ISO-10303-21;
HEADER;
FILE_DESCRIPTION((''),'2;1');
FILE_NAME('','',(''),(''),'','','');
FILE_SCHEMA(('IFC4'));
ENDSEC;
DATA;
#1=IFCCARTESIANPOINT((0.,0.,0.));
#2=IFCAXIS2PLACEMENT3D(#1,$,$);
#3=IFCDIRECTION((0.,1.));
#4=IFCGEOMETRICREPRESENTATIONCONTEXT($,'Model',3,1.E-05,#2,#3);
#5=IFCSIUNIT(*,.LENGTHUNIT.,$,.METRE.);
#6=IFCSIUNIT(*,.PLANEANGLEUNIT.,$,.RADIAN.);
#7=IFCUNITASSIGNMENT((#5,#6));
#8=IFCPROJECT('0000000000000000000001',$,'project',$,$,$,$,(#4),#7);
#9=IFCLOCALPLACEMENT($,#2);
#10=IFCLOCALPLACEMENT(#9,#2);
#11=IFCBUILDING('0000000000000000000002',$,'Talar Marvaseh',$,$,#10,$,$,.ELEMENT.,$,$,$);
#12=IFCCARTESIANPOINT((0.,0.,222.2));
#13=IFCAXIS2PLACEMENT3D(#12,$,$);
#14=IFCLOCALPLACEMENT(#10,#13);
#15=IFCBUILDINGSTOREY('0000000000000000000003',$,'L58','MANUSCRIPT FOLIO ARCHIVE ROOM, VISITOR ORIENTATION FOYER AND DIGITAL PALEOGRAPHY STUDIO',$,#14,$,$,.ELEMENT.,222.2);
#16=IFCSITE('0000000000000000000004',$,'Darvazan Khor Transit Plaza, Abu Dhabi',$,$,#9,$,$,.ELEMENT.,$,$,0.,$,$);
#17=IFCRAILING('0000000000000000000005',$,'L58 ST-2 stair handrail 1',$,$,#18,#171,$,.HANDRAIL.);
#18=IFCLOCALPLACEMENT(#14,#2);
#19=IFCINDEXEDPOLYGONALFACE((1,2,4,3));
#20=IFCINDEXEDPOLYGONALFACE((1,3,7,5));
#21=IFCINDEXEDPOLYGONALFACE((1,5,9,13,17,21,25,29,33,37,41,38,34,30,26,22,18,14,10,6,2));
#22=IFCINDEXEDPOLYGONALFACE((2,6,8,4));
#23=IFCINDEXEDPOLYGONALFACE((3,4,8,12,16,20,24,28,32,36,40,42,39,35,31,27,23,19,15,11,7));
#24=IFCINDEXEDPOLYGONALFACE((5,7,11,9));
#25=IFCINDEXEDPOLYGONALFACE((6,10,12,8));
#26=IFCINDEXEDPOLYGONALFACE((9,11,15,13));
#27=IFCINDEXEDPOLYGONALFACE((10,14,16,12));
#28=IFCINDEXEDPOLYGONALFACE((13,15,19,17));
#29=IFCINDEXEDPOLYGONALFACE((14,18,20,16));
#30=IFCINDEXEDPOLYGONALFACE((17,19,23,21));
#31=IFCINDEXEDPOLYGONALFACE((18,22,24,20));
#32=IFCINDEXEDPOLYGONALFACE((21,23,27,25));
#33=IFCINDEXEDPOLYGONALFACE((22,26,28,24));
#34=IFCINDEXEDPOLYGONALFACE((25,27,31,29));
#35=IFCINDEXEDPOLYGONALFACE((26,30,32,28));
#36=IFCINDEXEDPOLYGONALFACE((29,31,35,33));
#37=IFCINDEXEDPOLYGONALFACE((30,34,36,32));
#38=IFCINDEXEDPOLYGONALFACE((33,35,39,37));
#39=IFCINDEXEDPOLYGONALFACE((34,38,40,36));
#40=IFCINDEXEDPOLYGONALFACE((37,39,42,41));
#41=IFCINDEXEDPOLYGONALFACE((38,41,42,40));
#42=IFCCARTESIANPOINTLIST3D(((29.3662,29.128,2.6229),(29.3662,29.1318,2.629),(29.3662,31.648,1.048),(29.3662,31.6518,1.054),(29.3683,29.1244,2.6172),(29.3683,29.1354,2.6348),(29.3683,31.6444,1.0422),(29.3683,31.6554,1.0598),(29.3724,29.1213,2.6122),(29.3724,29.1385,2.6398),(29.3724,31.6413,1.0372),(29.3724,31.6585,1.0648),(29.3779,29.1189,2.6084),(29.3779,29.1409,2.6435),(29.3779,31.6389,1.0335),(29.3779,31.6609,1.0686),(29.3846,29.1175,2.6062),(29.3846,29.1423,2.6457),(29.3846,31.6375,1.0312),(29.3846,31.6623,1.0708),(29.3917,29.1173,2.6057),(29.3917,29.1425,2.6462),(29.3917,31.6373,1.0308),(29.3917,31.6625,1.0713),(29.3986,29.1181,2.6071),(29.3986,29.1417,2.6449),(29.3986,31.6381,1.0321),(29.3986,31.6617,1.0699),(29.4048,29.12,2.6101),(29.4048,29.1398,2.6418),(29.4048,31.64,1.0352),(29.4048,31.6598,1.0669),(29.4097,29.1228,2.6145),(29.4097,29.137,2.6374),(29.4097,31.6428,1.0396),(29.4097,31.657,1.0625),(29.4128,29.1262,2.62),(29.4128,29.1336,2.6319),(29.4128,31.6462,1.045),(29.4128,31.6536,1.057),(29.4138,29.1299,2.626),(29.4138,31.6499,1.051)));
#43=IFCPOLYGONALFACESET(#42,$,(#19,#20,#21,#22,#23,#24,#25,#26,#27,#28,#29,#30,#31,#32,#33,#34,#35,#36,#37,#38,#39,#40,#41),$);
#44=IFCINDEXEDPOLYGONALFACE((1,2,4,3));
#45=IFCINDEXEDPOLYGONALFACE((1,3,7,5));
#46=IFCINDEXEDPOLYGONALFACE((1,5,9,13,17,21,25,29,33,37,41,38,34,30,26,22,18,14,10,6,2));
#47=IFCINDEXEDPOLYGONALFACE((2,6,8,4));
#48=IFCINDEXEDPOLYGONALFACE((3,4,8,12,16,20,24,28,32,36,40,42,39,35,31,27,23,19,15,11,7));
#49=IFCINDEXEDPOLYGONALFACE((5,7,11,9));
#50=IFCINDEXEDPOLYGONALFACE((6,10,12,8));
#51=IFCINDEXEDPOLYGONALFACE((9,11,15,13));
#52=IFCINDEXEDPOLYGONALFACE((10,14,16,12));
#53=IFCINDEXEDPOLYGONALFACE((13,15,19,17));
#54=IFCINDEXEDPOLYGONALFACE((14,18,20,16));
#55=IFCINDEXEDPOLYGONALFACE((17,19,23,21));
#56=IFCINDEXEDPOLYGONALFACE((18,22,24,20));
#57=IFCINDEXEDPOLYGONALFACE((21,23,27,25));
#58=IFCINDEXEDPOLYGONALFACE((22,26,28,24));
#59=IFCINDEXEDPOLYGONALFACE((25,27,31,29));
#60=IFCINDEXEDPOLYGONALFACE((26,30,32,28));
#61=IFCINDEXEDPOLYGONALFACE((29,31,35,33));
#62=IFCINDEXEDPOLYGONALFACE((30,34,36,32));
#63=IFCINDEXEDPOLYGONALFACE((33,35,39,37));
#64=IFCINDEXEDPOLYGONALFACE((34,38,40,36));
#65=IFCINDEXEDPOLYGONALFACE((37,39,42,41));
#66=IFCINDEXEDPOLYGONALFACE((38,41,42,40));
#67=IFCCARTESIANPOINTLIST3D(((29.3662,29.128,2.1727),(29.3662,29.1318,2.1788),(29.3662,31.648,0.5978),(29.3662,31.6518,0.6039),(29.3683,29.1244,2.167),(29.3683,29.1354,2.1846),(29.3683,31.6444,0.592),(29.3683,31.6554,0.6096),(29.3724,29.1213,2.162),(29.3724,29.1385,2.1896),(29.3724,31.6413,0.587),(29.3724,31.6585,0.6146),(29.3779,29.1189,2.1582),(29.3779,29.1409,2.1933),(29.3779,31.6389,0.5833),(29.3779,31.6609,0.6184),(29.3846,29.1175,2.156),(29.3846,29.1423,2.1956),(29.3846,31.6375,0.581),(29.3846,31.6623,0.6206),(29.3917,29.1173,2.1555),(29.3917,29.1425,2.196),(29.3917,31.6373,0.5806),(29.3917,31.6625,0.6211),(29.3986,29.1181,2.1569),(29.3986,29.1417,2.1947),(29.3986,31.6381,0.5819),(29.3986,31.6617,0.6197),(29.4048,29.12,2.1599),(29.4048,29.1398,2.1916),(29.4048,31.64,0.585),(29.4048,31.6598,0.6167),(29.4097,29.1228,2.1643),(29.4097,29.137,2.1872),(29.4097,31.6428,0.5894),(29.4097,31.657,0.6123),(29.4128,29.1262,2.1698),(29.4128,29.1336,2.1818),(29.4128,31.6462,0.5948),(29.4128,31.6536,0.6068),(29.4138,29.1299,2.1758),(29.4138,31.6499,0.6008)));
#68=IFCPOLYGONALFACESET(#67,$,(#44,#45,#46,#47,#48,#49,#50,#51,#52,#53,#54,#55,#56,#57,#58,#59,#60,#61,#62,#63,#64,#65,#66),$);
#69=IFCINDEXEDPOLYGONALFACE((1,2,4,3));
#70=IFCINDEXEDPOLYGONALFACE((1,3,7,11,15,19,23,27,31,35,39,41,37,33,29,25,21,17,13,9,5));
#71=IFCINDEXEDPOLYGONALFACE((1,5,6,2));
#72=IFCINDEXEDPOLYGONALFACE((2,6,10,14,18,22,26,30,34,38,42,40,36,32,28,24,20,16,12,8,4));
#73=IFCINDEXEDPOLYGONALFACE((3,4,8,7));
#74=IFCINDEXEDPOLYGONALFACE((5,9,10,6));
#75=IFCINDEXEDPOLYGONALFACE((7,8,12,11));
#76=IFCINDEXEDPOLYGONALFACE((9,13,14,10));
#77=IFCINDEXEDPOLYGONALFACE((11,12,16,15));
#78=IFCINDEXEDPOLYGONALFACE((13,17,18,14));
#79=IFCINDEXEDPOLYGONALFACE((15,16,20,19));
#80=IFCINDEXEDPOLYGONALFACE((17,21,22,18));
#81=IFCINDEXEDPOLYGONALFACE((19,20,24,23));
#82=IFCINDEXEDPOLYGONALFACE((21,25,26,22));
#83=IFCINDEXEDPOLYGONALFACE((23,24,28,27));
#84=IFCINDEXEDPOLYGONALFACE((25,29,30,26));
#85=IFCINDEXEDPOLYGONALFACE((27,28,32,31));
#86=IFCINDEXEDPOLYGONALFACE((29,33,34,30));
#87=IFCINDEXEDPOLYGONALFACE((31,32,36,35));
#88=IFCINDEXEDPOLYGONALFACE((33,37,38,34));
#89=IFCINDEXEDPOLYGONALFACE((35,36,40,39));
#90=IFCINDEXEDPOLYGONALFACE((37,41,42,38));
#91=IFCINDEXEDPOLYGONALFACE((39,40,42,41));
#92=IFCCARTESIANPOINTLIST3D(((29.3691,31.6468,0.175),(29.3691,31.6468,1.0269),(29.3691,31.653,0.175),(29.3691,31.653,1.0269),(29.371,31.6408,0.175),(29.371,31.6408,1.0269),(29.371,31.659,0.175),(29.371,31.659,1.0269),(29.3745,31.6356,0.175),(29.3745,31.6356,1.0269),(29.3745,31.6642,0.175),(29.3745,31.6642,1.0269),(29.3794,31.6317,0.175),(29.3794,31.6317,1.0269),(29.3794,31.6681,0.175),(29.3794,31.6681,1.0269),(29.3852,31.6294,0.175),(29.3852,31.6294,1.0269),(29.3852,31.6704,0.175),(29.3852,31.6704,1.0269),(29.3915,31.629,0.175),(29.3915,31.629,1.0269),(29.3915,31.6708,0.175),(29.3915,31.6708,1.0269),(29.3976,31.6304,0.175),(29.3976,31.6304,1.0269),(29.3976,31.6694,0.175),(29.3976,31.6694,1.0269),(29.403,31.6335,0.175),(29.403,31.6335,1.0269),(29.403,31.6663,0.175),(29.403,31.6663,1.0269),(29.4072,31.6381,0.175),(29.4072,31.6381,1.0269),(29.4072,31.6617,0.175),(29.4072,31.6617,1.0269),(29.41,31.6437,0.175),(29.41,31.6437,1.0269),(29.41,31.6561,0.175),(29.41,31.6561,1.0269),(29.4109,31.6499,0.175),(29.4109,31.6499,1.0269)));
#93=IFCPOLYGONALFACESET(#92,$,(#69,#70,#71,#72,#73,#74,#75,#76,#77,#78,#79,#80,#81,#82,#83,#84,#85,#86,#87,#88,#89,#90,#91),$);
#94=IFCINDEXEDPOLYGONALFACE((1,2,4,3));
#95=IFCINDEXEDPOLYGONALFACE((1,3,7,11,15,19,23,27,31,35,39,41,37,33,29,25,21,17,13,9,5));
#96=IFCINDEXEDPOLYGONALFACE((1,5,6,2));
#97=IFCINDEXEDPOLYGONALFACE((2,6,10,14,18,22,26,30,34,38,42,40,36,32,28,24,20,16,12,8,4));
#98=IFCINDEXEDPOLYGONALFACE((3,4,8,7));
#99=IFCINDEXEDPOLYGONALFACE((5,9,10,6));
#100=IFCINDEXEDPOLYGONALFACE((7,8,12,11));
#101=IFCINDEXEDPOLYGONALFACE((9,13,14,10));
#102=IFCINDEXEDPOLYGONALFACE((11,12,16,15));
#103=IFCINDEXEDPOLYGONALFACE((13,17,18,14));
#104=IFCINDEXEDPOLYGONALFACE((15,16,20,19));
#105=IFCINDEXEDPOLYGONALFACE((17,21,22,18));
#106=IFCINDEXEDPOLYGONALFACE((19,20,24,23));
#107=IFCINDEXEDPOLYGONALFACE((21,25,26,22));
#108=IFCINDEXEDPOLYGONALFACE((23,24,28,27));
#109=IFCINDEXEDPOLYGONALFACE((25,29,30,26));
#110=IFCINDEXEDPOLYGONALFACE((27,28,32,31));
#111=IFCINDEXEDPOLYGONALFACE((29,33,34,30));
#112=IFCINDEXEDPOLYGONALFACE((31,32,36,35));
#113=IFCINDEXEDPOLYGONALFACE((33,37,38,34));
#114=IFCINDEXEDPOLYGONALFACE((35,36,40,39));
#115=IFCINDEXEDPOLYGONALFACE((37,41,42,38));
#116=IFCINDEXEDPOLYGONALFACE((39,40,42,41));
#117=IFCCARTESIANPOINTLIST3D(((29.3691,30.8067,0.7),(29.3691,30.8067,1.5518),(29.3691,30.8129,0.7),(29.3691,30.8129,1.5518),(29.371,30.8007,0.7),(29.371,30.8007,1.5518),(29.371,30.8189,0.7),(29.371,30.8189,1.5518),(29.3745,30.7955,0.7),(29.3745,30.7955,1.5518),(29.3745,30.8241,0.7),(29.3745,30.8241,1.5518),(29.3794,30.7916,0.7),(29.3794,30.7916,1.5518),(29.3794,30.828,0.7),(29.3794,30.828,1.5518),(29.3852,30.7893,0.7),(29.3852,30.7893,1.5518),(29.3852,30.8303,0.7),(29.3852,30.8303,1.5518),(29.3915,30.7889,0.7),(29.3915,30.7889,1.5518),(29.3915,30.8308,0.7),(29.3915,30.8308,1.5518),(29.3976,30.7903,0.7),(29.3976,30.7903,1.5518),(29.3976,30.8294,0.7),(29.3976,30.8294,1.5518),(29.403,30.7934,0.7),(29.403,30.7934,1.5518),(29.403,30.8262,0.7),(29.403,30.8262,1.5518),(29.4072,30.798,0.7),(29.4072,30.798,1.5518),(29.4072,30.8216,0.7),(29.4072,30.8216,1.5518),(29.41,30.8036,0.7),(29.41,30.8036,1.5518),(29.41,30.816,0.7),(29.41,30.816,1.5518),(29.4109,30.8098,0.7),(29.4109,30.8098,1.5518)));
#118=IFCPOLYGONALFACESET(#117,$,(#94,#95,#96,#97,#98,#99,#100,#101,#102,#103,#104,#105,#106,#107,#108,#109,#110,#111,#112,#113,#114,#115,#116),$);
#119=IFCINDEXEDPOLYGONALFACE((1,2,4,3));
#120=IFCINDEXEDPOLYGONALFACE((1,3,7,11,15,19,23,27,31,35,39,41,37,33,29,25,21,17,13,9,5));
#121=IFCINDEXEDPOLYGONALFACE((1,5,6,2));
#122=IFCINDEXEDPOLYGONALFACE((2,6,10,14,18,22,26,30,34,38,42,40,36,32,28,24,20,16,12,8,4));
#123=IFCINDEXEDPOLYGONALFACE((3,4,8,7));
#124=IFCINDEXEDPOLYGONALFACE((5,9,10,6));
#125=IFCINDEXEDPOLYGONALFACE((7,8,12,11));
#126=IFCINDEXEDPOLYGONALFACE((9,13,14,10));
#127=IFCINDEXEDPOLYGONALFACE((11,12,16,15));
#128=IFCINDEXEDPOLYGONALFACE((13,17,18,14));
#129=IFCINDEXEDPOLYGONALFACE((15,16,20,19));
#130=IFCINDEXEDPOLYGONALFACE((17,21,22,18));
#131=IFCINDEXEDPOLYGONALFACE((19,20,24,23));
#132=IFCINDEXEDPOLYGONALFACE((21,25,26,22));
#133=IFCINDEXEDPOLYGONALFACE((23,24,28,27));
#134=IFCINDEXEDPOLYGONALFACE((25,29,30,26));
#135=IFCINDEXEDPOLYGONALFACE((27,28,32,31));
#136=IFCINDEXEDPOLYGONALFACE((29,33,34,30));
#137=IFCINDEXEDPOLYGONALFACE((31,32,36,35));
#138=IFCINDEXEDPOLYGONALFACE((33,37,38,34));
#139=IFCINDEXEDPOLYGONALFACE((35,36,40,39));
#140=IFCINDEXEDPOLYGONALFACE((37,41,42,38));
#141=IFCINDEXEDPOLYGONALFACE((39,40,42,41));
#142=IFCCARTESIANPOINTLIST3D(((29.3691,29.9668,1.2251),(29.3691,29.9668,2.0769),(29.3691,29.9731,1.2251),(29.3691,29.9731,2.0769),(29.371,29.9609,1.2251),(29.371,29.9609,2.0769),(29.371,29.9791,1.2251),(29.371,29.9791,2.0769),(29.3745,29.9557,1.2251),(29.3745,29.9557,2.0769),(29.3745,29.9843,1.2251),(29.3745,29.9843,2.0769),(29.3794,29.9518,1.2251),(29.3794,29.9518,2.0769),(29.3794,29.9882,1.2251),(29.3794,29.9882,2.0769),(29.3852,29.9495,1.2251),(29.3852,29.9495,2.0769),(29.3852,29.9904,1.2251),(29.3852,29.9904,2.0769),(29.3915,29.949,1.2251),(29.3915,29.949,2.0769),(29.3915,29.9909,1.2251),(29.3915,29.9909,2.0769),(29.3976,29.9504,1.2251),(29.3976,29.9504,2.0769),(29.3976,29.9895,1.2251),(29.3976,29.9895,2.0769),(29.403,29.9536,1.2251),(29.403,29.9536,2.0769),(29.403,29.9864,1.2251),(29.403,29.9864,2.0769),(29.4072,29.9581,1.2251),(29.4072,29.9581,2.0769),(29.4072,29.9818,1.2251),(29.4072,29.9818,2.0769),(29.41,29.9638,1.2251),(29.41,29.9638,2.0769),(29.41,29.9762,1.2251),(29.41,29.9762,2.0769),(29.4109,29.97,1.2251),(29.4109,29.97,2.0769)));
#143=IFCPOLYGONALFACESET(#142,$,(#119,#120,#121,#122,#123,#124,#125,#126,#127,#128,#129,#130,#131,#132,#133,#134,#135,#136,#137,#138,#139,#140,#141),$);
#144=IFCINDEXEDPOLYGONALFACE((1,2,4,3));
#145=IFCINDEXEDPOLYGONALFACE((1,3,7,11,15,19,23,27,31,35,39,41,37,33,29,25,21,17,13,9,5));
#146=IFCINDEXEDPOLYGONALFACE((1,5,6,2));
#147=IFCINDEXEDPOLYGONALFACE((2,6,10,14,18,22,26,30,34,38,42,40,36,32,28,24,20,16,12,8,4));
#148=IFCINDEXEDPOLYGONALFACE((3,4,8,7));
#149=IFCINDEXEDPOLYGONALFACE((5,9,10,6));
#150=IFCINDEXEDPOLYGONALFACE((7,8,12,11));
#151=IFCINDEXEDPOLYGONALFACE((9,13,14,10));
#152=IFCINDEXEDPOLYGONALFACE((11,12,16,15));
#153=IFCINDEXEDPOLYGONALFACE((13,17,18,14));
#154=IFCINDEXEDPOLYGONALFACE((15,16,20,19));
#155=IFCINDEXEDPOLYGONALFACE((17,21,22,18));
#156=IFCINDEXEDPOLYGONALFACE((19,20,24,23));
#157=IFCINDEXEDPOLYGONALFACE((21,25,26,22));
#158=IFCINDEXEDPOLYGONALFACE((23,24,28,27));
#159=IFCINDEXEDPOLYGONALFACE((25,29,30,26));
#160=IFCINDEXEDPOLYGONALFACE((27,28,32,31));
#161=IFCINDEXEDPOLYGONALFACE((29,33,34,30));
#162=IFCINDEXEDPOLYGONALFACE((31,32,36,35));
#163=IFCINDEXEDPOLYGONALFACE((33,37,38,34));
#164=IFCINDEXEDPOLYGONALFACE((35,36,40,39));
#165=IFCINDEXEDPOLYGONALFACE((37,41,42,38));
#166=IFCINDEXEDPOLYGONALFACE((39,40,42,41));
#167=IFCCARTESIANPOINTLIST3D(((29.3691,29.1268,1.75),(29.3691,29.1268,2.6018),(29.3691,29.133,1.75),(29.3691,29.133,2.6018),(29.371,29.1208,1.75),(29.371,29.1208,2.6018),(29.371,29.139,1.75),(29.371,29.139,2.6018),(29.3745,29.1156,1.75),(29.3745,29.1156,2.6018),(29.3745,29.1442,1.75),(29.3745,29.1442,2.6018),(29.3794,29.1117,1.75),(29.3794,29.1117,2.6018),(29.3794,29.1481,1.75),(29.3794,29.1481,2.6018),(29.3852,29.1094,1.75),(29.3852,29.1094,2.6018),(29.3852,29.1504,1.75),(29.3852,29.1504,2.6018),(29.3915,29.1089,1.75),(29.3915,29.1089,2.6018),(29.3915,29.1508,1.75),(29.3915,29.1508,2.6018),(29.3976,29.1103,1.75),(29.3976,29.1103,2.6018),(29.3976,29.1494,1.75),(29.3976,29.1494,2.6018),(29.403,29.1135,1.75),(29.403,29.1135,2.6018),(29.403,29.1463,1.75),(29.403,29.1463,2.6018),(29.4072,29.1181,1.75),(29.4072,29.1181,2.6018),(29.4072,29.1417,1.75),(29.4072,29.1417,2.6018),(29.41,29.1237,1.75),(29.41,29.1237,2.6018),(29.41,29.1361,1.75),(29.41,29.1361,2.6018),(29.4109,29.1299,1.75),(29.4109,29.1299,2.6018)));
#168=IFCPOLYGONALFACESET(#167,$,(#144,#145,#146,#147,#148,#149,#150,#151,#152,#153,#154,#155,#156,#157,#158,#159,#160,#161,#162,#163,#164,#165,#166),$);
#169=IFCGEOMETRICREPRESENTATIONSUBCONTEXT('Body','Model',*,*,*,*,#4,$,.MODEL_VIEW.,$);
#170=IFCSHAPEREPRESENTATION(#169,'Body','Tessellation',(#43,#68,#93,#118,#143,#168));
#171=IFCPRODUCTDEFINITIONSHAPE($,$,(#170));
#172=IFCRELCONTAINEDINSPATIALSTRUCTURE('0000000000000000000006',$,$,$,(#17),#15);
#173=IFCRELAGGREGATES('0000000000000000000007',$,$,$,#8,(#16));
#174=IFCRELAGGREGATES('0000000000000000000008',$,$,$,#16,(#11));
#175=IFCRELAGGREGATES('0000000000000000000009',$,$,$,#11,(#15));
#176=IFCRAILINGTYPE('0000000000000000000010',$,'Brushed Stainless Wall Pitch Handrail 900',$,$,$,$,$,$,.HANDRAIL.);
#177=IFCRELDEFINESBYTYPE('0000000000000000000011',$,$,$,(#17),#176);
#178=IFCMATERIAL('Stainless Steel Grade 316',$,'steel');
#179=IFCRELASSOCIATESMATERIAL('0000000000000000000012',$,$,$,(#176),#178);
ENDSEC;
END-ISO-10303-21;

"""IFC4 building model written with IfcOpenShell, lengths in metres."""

from ifc_helpers import new_model, si_unit, direction, frame, origin, origin_2d, place, context, subcontext, project, spatial, circle, extrude, material, type_object, element, save


model = new_model("IFC4")

# Units and contexts
model_context = context("Model", 3, precision=1e-05, world=origin(), true_north=direction((0.0, 1.0)))
body_context = subcontext(model_context, "Body", "Model", "MODEL_VIEW")
ifc_project = project(units=[si_unit("LENGTHUNIT", "METRE"), si_unit("PLANEANGLEUNIT", "RADIAN")], contexts=[model_context])

# Site, building, storey
site_placement = place(None, origin())
site = spatial("IfcSite", under=ifc_project, at=site_placement, Name="Darvazan Khor Transit Plaza, Abu Dhabi", CompositionType="ELEMENT", RefElevation=0.0)
building_placement = place(site_placement, origin())
building = spatial("IfcBuilding", under=site, at=building_placement, Name="Talar Marvaseh", CompositionType="ELEMENT")
storey_placement = place(building_placement, frame((0.0, 0.0, 222.2)))
storey = spatial("IfcBuildingStorey", under=building, at=storey_placement, Name="L58", Description="MANUSCRIPT FOLIO ARCHIVE ROOM, VISITOR ORIENTATION FOYER AND DIGITAL PALEOGRAPHY STUDIO", CompositionType="ELEMENT", Elevation=222.2)

# Shared definitions
ifc_material_1 = material(Name="Stainless Steel Grade 316", Category="steel")

# Railing
railing_type_1 = type_object("IfcRailingType", Name="Brushed Stainless Wall Pitch Handrail 900", PredefinedType="HANDRAIL", material=ifc_material_1)
railing_1_placement = place(storey_placement, frame((29.3899, 31.6499, 0.175)))
element("IfcRailing", 1, at=railing_1_placement, inside=storey, type_object=railing_type_1, Name="L58 ST-2 stair handrail 1", PredefinedType="HANDRAIL", context=body_context, shape_type="SweptSolid", body=[
    extrude(circle(Radius=0.0239, at=origin_2d()), frame((0.0, 0.0, 0.876), z_axis=(0.0, -0.848008, 0.529984), x_axis=(1.0, 0.0, 0.0)), (0.0, 0.0, 1.0), 2.9717),
    extrude(circle(Radius=0.0239, at=origin_2d()), frame((0.0, 0.0, 0.4258), z_axis=(0.0, -0.848008, 0.529984), x_axis=(1.0, 0.0, 0.0)), (0.0, 0.0, 1.0), 2.9717),
    extrude(circle(Radius=0.021, at=origin_2d()), origin(), (0.0, 0.0, 1.0), 0.8518),
    extrude(circle(Radius=0.021, at=origin_2d()), frame((0.0, -0.8401, 0.5249)), (0.0, 0.0, 1.0), 0.8518),
    extrude(circle(Radius=0.021, at=origin_2d()), frame((0.0, -1.6799, 1.05)), (0.0, 0.0, 1.0), 0.8518),
    extrude(circle(Radius=0.021, at=origin_2d()), frame((0.0, -2.52, 1.575)), (0.0, 0.0, 1.0), 0.8518),
])

save(model, "model.ifc")
